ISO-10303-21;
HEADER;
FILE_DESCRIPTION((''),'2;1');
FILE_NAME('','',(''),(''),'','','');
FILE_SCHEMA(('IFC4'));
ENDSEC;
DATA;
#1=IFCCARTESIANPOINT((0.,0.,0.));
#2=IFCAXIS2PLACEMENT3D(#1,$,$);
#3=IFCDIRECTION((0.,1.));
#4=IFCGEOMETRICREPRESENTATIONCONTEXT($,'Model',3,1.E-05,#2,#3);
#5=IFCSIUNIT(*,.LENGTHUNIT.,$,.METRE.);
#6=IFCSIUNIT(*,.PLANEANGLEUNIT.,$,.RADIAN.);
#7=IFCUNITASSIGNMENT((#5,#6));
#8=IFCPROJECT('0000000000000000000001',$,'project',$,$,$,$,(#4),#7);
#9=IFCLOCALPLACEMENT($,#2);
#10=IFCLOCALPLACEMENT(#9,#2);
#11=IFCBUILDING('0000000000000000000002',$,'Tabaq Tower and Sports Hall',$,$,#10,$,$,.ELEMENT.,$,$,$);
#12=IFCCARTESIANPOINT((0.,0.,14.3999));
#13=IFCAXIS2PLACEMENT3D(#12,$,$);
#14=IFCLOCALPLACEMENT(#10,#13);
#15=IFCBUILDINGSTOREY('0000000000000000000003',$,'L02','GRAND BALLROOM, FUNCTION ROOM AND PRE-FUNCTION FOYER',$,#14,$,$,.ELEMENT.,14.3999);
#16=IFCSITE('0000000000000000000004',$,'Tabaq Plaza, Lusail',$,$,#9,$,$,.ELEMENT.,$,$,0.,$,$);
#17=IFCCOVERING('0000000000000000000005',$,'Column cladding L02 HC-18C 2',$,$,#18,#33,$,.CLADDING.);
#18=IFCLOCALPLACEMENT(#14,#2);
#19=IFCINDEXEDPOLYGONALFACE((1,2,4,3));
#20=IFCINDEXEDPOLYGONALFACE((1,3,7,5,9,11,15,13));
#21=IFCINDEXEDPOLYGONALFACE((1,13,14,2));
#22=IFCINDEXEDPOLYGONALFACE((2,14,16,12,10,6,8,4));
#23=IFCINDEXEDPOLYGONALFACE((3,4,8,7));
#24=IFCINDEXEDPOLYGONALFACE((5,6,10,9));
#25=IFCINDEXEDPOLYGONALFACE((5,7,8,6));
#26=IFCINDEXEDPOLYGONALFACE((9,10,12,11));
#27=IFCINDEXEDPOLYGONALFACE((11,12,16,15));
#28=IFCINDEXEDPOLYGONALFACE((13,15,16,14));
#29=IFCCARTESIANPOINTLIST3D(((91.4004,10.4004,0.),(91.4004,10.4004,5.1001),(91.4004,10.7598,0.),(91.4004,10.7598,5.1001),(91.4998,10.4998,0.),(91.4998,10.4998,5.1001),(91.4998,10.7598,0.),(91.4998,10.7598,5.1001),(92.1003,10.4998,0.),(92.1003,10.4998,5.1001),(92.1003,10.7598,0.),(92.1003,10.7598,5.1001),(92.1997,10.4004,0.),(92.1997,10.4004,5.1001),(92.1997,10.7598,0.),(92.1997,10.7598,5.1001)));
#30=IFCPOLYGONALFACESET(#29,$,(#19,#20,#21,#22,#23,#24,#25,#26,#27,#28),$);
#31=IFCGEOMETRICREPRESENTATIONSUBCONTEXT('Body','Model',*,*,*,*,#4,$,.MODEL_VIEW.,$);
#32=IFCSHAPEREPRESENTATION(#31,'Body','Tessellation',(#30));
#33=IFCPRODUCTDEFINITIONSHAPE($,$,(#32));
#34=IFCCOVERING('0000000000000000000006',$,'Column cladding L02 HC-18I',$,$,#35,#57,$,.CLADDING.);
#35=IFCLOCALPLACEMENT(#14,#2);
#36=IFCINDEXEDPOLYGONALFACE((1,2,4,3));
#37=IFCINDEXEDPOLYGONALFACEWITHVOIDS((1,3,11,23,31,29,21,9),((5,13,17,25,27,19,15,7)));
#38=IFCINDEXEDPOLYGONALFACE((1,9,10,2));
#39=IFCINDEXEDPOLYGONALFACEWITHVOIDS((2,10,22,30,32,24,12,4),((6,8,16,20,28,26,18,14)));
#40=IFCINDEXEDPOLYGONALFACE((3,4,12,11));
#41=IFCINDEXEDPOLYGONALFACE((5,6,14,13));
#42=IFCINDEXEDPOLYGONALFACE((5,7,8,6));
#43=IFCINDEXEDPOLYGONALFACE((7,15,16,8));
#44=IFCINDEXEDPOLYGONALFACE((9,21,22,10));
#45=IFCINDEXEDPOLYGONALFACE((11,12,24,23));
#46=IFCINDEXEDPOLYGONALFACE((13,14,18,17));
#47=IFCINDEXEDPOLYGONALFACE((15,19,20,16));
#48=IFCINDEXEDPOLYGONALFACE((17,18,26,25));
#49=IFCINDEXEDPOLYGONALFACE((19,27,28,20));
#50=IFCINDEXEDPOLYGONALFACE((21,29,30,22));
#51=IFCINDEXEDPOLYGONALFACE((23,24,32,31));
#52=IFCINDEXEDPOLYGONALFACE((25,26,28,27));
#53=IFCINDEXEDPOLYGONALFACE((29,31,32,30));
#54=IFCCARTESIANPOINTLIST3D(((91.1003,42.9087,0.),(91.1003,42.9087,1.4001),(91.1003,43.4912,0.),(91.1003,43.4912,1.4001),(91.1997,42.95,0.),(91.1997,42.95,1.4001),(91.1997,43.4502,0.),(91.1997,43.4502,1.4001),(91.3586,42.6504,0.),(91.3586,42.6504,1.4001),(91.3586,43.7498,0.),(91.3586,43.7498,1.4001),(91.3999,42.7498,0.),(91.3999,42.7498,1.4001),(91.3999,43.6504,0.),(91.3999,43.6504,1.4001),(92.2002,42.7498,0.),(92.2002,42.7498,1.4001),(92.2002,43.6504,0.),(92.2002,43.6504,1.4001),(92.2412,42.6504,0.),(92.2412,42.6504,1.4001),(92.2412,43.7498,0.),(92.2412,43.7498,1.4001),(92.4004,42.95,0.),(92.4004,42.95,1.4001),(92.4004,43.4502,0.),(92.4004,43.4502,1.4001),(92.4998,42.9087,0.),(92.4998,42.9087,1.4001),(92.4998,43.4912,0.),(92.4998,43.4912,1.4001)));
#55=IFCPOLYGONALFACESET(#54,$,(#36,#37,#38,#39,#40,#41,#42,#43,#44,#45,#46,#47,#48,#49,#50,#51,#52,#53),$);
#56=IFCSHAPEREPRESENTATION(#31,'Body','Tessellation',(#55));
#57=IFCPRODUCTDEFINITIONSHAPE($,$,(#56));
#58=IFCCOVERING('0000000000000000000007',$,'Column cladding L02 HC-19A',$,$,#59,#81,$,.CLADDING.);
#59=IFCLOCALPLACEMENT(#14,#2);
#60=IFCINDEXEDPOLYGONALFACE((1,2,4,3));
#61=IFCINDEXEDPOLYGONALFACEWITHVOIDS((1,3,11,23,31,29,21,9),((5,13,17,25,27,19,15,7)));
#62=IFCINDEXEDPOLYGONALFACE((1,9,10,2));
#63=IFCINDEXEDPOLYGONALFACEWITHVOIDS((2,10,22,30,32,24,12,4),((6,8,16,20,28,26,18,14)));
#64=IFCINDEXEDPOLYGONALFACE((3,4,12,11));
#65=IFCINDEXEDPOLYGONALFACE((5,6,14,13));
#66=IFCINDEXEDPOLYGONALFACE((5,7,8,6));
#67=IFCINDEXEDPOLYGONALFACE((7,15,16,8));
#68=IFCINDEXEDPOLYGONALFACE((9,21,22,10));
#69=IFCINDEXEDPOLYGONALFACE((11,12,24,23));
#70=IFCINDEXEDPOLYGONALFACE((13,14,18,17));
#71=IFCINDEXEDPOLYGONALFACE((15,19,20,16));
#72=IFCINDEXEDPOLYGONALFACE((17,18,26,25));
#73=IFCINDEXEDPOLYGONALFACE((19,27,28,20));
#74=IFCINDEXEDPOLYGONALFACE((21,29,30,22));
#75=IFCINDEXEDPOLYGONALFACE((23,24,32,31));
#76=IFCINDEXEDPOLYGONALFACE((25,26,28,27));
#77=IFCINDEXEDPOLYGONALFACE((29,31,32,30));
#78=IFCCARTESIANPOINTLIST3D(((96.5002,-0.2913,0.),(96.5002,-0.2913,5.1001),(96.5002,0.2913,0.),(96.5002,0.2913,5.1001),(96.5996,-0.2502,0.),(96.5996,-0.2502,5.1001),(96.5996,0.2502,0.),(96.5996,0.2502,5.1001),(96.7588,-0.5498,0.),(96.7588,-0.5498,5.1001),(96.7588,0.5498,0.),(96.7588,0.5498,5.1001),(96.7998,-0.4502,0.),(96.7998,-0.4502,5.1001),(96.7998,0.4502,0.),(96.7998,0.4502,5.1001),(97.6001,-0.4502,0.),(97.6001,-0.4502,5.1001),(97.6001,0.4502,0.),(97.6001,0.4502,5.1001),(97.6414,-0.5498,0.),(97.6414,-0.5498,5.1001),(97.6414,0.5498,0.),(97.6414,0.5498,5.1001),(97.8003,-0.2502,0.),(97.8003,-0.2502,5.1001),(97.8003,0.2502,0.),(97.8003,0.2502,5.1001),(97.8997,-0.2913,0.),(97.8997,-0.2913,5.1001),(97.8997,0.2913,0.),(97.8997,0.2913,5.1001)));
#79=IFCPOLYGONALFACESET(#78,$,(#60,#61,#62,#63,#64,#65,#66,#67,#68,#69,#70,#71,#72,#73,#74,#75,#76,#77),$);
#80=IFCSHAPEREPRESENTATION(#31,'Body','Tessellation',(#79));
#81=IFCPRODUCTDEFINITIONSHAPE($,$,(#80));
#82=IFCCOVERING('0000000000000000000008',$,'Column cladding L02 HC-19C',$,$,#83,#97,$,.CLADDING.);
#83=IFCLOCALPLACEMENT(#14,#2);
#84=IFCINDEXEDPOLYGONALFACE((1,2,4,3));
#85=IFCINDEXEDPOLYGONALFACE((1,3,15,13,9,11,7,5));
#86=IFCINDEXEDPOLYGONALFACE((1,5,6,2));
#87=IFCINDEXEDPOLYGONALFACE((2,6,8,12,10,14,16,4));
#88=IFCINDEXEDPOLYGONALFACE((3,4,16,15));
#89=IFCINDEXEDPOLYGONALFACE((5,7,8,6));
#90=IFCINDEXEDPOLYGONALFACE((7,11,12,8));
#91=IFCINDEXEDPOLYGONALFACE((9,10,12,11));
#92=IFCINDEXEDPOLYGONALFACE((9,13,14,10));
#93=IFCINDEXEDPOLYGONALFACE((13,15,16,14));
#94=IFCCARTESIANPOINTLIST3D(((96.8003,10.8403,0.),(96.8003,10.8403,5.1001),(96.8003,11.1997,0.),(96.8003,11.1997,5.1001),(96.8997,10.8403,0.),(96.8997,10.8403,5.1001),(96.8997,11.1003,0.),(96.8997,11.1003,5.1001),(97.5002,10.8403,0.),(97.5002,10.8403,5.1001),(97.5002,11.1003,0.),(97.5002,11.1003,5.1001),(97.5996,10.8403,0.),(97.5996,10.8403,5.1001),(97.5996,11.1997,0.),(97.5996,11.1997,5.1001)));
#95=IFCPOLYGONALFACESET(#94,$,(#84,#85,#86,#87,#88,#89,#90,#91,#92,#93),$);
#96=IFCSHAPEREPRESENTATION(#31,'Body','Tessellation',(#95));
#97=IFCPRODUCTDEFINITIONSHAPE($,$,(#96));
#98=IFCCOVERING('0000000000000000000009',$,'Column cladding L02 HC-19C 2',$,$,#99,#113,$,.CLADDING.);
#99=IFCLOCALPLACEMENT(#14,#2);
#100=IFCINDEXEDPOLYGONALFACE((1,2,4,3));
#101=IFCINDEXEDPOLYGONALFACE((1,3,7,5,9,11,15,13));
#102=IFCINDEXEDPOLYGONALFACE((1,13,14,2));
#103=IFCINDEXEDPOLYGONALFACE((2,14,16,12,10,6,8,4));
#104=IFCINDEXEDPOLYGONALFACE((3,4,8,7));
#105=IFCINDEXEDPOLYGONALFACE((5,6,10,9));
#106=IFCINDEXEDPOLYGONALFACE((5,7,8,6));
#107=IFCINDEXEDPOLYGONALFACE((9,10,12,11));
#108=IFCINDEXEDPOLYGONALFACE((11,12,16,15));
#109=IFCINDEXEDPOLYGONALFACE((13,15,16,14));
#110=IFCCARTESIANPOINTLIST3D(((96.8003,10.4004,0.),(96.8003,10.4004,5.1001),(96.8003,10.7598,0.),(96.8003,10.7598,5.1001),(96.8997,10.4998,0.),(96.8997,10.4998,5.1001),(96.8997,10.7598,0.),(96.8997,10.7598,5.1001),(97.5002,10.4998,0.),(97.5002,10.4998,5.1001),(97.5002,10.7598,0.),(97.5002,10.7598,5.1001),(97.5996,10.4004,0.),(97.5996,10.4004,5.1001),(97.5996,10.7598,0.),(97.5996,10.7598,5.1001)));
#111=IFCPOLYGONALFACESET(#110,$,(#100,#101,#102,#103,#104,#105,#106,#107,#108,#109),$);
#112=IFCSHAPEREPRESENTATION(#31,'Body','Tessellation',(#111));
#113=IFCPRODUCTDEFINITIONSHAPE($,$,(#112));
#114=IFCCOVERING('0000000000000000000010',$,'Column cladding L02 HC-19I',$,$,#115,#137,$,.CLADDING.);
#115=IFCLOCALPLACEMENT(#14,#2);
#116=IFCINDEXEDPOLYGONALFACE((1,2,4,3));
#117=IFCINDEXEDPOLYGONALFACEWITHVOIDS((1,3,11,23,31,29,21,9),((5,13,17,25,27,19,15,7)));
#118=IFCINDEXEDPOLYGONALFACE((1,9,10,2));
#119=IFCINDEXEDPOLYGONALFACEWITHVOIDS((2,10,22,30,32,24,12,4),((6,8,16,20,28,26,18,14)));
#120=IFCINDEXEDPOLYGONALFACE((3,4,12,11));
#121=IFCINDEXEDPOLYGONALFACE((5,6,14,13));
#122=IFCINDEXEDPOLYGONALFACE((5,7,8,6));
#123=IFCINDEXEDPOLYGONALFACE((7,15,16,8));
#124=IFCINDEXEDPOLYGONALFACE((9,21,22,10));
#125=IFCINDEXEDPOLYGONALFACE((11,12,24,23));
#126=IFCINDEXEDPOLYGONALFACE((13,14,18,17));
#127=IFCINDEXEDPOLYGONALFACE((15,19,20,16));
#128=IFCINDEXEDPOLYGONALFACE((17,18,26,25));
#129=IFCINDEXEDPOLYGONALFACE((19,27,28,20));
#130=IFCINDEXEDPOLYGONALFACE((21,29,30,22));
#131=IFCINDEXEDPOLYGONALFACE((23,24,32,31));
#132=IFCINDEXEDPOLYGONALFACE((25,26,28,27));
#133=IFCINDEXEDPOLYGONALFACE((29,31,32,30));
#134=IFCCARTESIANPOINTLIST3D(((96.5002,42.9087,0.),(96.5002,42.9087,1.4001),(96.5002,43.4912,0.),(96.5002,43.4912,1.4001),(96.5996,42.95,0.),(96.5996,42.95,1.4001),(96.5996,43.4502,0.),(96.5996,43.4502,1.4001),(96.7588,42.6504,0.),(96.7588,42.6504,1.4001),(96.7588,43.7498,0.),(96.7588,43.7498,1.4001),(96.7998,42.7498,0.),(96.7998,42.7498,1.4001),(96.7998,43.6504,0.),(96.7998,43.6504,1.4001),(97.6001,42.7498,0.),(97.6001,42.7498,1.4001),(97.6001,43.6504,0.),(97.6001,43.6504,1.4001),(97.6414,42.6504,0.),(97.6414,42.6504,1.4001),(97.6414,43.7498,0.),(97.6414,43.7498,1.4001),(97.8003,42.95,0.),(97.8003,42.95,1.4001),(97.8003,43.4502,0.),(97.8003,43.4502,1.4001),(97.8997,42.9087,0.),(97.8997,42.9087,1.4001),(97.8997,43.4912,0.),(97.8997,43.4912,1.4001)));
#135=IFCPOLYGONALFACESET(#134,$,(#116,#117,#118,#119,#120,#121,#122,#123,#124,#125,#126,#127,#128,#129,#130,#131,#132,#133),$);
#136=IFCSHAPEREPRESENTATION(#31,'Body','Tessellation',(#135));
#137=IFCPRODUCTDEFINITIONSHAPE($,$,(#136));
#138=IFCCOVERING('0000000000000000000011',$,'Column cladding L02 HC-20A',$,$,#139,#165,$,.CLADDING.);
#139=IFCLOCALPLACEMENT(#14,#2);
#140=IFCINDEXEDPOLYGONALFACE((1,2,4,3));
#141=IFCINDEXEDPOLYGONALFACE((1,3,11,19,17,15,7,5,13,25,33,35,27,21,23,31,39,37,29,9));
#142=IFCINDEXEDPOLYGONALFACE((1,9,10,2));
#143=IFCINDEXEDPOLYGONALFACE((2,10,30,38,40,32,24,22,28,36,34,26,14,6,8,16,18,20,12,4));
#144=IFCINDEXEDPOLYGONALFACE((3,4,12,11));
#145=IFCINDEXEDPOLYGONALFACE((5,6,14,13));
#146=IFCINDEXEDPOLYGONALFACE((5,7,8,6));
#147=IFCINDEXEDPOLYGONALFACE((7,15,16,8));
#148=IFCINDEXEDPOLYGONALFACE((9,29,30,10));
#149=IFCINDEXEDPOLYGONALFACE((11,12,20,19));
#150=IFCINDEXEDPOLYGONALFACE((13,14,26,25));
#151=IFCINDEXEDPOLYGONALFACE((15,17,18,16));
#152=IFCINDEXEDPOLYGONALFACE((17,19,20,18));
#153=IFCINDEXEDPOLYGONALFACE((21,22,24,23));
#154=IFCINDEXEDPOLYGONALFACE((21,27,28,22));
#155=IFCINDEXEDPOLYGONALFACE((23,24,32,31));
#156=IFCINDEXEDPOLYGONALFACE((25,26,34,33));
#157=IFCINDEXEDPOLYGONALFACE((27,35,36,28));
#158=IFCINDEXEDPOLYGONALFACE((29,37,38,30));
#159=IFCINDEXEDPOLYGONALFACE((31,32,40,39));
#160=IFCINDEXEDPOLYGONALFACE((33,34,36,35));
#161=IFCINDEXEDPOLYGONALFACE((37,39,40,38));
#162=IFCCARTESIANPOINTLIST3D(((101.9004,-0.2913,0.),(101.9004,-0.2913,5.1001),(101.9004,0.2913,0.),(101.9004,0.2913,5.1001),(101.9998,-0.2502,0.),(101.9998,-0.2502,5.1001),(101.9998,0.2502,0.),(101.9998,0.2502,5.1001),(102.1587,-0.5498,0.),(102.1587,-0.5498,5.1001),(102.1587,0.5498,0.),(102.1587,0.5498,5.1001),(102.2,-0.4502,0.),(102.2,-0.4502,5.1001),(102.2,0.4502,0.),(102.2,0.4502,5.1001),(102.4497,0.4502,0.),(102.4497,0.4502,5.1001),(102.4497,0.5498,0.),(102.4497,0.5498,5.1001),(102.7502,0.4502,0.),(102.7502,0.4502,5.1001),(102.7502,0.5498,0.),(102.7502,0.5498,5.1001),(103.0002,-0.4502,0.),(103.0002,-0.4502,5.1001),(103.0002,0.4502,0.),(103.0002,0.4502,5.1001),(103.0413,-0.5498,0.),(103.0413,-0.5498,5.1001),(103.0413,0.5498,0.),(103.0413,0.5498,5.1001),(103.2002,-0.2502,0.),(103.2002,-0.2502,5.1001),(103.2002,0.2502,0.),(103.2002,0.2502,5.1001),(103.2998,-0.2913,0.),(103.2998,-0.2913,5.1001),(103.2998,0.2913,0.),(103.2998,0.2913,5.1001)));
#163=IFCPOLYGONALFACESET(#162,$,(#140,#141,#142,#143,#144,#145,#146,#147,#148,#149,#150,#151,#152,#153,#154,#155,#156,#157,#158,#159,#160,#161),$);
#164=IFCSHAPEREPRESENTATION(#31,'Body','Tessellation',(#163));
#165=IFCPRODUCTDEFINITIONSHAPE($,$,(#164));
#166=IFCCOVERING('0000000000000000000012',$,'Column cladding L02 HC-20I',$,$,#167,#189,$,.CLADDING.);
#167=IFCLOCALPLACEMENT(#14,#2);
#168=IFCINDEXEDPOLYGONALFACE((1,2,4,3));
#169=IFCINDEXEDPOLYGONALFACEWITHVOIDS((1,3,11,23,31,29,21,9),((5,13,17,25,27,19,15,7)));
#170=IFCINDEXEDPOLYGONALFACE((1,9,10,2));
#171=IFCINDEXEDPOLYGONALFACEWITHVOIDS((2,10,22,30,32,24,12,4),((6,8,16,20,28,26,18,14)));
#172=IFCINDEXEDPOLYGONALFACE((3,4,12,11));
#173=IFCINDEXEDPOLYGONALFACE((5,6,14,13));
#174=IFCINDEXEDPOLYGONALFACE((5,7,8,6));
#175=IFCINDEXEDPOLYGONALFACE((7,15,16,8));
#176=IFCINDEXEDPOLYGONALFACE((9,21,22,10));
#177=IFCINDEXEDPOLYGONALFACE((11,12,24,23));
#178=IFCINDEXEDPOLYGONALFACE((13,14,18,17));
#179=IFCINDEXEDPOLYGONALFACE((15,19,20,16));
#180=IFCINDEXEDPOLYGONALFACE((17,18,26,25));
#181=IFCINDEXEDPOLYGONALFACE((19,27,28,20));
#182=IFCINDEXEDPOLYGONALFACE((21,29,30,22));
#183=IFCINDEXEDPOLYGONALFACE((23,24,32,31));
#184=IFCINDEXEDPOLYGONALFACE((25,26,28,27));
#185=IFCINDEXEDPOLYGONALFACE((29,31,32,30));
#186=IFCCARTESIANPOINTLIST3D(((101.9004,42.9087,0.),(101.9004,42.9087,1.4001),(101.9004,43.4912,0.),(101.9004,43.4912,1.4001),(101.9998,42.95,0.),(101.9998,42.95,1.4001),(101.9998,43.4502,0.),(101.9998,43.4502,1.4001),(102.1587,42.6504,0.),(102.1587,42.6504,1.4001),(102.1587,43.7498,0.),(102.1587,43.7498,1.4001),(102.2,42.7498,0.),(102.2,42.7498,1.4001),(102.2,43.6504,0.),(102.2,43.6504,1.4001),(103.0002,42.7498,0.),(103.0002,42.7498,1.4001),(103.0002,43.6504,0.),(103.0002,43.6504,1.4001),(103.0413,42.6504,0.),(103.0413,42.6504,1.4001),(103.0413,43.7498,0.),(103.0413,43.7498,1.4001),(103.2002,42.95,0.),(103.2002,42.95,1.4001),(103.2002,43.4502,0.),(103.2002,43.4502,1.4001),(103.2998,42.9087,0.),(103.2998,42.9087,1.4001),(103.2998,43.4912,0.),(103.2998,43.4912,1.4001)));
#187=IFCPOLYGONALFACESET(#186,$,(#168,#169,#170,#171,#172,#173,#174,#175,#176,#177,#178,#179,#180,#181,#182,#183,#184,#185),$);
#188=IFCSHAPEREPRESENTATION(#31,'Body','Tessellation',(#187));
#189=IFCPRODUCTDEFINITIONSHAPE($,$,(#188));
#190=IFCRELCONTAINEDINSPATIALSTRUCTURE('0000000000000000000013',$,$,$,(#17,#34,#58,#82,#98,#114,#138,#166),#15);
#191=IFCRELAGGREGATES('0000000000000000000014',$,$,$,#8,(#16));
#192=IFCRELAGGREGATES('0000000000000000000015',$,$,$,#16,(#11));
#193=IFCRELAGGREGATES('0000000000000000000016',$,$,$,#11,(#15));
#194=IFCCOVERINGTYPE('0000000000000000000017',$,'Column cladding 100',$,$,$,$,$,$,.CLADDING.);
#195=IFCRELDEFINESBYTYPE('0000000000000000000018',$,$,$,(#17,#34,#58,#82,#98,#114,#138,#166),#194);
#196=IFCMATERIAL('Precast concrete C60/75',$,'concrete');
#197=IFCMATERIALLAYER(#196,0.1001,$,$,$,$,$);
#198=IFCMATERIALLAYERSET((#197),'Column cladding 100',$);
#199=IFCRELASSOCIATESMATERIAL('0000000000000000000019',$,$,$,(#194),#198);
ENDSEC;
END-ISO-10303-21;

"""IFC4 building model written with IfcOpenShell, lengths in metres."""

from ifc_helpers import new_model, si_unit, direction, frame, origin, place, context, subcontext, project, spatial, polyline, outline, extrude, material, layer, layer_set, type_object, element, save


model = new_model("IFC4")

# Units and contexts
model_context = context("Model", 3, precision=1e-05, world=origin(), true_north=direction((0.0, 1.0)))
body_context = subcontext(model_context, "Body", "Model", "MODEL_VIEW")
ifc_project = project(units=[si_unit("LENGTHUNIT", "METRE"), si_unit("PLANEANGLEUNIT", "RADIAN")], contexts=[model_context])

# Site, building, storey
site_placement = place(None, origin())
site = spatial("IfcSite", under=ifc_project, at=site_placement, Name="Tabaq Plaza, Lusail", CompositionType="ELEMENT", RefElevation=0.0)
building_placement = place(site_placement, origin())
building = spatial("IfcBuilding", under=site, at=building_placement, Name="Tabaq Tower and Sports Hall", CompositionType="ELEMENT")
storey_placement = place(building_placement, frame((0.0, 0.0, 14.3999)))
storey = spatial("IfcBuildingStorey", under=building, at=storey_placement, Name="L02", Description="GRAND BALLROOM, FUNCTION ROOM AND PRE-FUNCTION FOYER", CompositionType="ELEMENT", Elevation=14.3999)

# Coverings
ifc_material = material(Name="Precast concrete C60/75", Category="concrete")
ifc_layer = layer(ifc_material, 0.1001)
ifc_layer_set = layer_set([ifc_layer], Name="Column cladding 100")
covering_type = type_object("IfcCoveringType", Name="Column cladding 100", PredefinedType="CLADDING", material=ifc_layer_set)
covering_1_placement = place(storey_placement, origin())
element("IfcCovering", 1, at=covering_1_placement, inside=storey, type_object=covering_type, Name="Column cladding L02 HC-18C 2", PredefinedType="CLADDING", context=body_context, shape_type="SweptSolid", body=[
    extrude(outline(polyline([(92.1997, 10.4004), (91.4004, 10.4004), (91.4004, 10.7598), (91.4998, 10.7598), (91.4998, 10.4998), (92.1003, 10.4998), (92.1003, 10.7598), (92.1997, 10.7598), (92.1997, 10.4004)])), origin(), (0.0, 0.0, 1.0), 5.1001),
])
covering_2_placement = place(storey_placement, origin())
element("IfcCovering", 2, at=covering_2_placement, inside=storey, type_object=covering_type, Name="Column cladding L02 HC-18I", PredefinedType="CLADDING", context=body_context, shape_type="SweptSolid", body=[
    extrude(outline(polyline([(91.1003, 42.9087), (91.1003, 43.4912), (91.3586, 43.7498), (92.2412, 43.7498), (92.4998, 43.4912), (92.4998, 42.9087), (92.2412, 42.6504), (91.3586, 42.6504), (91.1003, 42.9087)]), holes=[polyline([(92.2002, 42.7498), (92.4004, 42.95), (92.4004, 43.4502), (92.2002, 43.6504), (91.3999, 43.6504), (91.1997, 43.4502), (91.1997, 42.95), (91.3999, 42.7498), (92.2002, 42.7498)])]), origin(), (0.0, 0.0, 1.0), 1.4001),
])
covering_3_placement = place(storey_placement, origin())
element("IfcCovering", 3, at=covering_3_placement, inside=storey, type_object=covering_type, Name="Column cladding L02 HC-19A", PredefinedType="CLADDING", context=body_context, shape_type="SweptSolid", body=[
    extrude(outline(polyline([(96.5002, -0.2913), (96.5002, 0.2913), (96.7588, 0.5498), (97.6414, 0.5498), (97.8997, 0.2913), (97.8997, -0.2913), (97.6414, -0.5498), (96.7588, -0.5498), (96.5002, -0.2913)]), holes=[polyline([(97.6001, -0.4502), (97.8003, -0.2502), (97.8003, 0.2502), (97.6001, 0.4502), (96.7998, 0.4502), (96.5996, 0.2502), (96.5996, -0.2502), (96.7998, -0.4502), (97.6001, -0.4502)])]), origin(), (0.0, 0.0, 1.0), 5.1001),
])
covering_4_placement = place(storey_placement, origin())
element("IfcCovering", 4, at=covering_4_placement, inside=storey, type_object=covering_type, Name="Column cladding L02 HC-19C", PredefinedType="CLADDING", context=body_context, shape_type="SweptSolid", body=[
    extrude(outline(polyline([(97.5996, 11.1997), (97.5996, 10.8403), (97.5002, 10.8403), (97.5002, 11.1003), (96.8997, 11.1003), (96.8997, 10.8403), (96.8003, 10.8403), (96.8003, 11.1997), (97.5996, 11.1997)])), origin(), (0.0, 0.0, 1.0), 5.1001),
])
covering_5_placement = place(storey_placement, origin())
element("IfcCovering", 5, at=covering_5_placement, inside=storey, type_object=covering_type, Name="Column cladding L02 HC-19C 2", PredefinedType="CLADDING", context=body_context, shape_type="SweptSolid", body=[
    extrude(outline(polyline([(97.5996, 10.4004), (96.8003, 10.4004), (96.8003, 10.7598), (96.8997, 10.7598), (96.8997, 10.4998), (97.5002, 10.4998), (97.5002, 10.7598), (97.5996, 10.7598), (97.5996, 10.4004)])), origin(), (0.0, 0.0, 1.0), 5.1001),
])
covering_6_placement = place(storey_placement, origin())
element("IfcCovering", 6, at=covering_6_placement, inside=storey, type_object=covering_type, Name="Column cladding L02 HC-19I", PredefinedType="CLADDING", context=body_context, shape_type="SweptSolid", body=[
    extrude(outline(polyline([(96.5002, 42.9087), (96.5002, 43.4912), (96.7588, 43.7498), (97.6414, 43.7498), (97.8997, 43.4912), (97.8997, 42.9087), (97.6414, 42.6504), (96.7588, 42.6504), (96.5002, 42.9087)]), holes=[polyline([(97.6001, 42.7498), (97.8003, 42.95), (97.8003, 43.4502), (97.6001, 43.6504), (96.7998, 43.6504), (96.5996, 43.4502), (96.5996, 42.95), (96.7998, 42.7498), (97.6001, 42.7498)])]), origin(), (0.0, 0.0, 1.0), 1.4001),
])
covering_7_placement = place(storey_placement, origin())
element("IfcCovering", 7, at=covering_7_placement, inside=storey, type_object=covering_type, Name="Column cladding L02 HC-20A", PredefinedType="CLADDING", context=body_context, shape_type="SweptSolid", body=[
    extrude(outline(polyline([(101.9004, 0.2913), (102.1587, 0.5498), (102.4497, 0.5498), (102.4497, 0.4502), (102.2, 0.4502), (101.9998, 0.2502), (101.9998, -0.2502), (102.2, -0.4502), (103.0002, -0.4502), (103.2002, -0.2502), (103.2002, 0.2502), (103.0002, 0.4502), (102.7502, 0.4502), (102.7502, 0.5498), (103.0413, 0.5498), (103.2998, 0.2913), (103.2998, -0.2913), (103.0413, -0.5498), (102.1587, -0.5498), (101.9004, -0.2913), (101.9004, 0.2913)])), origin(), (0.0, 0.0, 1.0), 5.1001),
])
covering_8_placement = place(storey_placement, origin())
element("IfcCovering", 8, at=covering_8_placement, inside=storey, type_object=covering_type, Name="Column cladding L02 HC-20I", PredefinedType="CLADDING", context=body_context, shape_type="SweptSolid", body=[
    extrude(outline(polyline([(101.9004, 42.9087), (101.9004, 43.4912), (102.1587, 43.7498), (103.0413, 43.7498), (103.2998, 43.4912), (103.2998, 42.9087), (103.0413, 42.6504), (102.1587, 42.6504), (101.9004, 42.9087)]), holes=[polyline([(103.0002, 42.7498), (103.2002, 42.95), (103.2002, 43.4502), (103.0002, 43.6504), (102.2, 43.6504), (101.9998, 43.4502), (101.9998, 42.95), (102.2, 42.7498), (103.0002, 42.7498)])]), origin(), (0.0, 0.0, 1.0), 1.4001),
])

save(model, "model.ifc")
